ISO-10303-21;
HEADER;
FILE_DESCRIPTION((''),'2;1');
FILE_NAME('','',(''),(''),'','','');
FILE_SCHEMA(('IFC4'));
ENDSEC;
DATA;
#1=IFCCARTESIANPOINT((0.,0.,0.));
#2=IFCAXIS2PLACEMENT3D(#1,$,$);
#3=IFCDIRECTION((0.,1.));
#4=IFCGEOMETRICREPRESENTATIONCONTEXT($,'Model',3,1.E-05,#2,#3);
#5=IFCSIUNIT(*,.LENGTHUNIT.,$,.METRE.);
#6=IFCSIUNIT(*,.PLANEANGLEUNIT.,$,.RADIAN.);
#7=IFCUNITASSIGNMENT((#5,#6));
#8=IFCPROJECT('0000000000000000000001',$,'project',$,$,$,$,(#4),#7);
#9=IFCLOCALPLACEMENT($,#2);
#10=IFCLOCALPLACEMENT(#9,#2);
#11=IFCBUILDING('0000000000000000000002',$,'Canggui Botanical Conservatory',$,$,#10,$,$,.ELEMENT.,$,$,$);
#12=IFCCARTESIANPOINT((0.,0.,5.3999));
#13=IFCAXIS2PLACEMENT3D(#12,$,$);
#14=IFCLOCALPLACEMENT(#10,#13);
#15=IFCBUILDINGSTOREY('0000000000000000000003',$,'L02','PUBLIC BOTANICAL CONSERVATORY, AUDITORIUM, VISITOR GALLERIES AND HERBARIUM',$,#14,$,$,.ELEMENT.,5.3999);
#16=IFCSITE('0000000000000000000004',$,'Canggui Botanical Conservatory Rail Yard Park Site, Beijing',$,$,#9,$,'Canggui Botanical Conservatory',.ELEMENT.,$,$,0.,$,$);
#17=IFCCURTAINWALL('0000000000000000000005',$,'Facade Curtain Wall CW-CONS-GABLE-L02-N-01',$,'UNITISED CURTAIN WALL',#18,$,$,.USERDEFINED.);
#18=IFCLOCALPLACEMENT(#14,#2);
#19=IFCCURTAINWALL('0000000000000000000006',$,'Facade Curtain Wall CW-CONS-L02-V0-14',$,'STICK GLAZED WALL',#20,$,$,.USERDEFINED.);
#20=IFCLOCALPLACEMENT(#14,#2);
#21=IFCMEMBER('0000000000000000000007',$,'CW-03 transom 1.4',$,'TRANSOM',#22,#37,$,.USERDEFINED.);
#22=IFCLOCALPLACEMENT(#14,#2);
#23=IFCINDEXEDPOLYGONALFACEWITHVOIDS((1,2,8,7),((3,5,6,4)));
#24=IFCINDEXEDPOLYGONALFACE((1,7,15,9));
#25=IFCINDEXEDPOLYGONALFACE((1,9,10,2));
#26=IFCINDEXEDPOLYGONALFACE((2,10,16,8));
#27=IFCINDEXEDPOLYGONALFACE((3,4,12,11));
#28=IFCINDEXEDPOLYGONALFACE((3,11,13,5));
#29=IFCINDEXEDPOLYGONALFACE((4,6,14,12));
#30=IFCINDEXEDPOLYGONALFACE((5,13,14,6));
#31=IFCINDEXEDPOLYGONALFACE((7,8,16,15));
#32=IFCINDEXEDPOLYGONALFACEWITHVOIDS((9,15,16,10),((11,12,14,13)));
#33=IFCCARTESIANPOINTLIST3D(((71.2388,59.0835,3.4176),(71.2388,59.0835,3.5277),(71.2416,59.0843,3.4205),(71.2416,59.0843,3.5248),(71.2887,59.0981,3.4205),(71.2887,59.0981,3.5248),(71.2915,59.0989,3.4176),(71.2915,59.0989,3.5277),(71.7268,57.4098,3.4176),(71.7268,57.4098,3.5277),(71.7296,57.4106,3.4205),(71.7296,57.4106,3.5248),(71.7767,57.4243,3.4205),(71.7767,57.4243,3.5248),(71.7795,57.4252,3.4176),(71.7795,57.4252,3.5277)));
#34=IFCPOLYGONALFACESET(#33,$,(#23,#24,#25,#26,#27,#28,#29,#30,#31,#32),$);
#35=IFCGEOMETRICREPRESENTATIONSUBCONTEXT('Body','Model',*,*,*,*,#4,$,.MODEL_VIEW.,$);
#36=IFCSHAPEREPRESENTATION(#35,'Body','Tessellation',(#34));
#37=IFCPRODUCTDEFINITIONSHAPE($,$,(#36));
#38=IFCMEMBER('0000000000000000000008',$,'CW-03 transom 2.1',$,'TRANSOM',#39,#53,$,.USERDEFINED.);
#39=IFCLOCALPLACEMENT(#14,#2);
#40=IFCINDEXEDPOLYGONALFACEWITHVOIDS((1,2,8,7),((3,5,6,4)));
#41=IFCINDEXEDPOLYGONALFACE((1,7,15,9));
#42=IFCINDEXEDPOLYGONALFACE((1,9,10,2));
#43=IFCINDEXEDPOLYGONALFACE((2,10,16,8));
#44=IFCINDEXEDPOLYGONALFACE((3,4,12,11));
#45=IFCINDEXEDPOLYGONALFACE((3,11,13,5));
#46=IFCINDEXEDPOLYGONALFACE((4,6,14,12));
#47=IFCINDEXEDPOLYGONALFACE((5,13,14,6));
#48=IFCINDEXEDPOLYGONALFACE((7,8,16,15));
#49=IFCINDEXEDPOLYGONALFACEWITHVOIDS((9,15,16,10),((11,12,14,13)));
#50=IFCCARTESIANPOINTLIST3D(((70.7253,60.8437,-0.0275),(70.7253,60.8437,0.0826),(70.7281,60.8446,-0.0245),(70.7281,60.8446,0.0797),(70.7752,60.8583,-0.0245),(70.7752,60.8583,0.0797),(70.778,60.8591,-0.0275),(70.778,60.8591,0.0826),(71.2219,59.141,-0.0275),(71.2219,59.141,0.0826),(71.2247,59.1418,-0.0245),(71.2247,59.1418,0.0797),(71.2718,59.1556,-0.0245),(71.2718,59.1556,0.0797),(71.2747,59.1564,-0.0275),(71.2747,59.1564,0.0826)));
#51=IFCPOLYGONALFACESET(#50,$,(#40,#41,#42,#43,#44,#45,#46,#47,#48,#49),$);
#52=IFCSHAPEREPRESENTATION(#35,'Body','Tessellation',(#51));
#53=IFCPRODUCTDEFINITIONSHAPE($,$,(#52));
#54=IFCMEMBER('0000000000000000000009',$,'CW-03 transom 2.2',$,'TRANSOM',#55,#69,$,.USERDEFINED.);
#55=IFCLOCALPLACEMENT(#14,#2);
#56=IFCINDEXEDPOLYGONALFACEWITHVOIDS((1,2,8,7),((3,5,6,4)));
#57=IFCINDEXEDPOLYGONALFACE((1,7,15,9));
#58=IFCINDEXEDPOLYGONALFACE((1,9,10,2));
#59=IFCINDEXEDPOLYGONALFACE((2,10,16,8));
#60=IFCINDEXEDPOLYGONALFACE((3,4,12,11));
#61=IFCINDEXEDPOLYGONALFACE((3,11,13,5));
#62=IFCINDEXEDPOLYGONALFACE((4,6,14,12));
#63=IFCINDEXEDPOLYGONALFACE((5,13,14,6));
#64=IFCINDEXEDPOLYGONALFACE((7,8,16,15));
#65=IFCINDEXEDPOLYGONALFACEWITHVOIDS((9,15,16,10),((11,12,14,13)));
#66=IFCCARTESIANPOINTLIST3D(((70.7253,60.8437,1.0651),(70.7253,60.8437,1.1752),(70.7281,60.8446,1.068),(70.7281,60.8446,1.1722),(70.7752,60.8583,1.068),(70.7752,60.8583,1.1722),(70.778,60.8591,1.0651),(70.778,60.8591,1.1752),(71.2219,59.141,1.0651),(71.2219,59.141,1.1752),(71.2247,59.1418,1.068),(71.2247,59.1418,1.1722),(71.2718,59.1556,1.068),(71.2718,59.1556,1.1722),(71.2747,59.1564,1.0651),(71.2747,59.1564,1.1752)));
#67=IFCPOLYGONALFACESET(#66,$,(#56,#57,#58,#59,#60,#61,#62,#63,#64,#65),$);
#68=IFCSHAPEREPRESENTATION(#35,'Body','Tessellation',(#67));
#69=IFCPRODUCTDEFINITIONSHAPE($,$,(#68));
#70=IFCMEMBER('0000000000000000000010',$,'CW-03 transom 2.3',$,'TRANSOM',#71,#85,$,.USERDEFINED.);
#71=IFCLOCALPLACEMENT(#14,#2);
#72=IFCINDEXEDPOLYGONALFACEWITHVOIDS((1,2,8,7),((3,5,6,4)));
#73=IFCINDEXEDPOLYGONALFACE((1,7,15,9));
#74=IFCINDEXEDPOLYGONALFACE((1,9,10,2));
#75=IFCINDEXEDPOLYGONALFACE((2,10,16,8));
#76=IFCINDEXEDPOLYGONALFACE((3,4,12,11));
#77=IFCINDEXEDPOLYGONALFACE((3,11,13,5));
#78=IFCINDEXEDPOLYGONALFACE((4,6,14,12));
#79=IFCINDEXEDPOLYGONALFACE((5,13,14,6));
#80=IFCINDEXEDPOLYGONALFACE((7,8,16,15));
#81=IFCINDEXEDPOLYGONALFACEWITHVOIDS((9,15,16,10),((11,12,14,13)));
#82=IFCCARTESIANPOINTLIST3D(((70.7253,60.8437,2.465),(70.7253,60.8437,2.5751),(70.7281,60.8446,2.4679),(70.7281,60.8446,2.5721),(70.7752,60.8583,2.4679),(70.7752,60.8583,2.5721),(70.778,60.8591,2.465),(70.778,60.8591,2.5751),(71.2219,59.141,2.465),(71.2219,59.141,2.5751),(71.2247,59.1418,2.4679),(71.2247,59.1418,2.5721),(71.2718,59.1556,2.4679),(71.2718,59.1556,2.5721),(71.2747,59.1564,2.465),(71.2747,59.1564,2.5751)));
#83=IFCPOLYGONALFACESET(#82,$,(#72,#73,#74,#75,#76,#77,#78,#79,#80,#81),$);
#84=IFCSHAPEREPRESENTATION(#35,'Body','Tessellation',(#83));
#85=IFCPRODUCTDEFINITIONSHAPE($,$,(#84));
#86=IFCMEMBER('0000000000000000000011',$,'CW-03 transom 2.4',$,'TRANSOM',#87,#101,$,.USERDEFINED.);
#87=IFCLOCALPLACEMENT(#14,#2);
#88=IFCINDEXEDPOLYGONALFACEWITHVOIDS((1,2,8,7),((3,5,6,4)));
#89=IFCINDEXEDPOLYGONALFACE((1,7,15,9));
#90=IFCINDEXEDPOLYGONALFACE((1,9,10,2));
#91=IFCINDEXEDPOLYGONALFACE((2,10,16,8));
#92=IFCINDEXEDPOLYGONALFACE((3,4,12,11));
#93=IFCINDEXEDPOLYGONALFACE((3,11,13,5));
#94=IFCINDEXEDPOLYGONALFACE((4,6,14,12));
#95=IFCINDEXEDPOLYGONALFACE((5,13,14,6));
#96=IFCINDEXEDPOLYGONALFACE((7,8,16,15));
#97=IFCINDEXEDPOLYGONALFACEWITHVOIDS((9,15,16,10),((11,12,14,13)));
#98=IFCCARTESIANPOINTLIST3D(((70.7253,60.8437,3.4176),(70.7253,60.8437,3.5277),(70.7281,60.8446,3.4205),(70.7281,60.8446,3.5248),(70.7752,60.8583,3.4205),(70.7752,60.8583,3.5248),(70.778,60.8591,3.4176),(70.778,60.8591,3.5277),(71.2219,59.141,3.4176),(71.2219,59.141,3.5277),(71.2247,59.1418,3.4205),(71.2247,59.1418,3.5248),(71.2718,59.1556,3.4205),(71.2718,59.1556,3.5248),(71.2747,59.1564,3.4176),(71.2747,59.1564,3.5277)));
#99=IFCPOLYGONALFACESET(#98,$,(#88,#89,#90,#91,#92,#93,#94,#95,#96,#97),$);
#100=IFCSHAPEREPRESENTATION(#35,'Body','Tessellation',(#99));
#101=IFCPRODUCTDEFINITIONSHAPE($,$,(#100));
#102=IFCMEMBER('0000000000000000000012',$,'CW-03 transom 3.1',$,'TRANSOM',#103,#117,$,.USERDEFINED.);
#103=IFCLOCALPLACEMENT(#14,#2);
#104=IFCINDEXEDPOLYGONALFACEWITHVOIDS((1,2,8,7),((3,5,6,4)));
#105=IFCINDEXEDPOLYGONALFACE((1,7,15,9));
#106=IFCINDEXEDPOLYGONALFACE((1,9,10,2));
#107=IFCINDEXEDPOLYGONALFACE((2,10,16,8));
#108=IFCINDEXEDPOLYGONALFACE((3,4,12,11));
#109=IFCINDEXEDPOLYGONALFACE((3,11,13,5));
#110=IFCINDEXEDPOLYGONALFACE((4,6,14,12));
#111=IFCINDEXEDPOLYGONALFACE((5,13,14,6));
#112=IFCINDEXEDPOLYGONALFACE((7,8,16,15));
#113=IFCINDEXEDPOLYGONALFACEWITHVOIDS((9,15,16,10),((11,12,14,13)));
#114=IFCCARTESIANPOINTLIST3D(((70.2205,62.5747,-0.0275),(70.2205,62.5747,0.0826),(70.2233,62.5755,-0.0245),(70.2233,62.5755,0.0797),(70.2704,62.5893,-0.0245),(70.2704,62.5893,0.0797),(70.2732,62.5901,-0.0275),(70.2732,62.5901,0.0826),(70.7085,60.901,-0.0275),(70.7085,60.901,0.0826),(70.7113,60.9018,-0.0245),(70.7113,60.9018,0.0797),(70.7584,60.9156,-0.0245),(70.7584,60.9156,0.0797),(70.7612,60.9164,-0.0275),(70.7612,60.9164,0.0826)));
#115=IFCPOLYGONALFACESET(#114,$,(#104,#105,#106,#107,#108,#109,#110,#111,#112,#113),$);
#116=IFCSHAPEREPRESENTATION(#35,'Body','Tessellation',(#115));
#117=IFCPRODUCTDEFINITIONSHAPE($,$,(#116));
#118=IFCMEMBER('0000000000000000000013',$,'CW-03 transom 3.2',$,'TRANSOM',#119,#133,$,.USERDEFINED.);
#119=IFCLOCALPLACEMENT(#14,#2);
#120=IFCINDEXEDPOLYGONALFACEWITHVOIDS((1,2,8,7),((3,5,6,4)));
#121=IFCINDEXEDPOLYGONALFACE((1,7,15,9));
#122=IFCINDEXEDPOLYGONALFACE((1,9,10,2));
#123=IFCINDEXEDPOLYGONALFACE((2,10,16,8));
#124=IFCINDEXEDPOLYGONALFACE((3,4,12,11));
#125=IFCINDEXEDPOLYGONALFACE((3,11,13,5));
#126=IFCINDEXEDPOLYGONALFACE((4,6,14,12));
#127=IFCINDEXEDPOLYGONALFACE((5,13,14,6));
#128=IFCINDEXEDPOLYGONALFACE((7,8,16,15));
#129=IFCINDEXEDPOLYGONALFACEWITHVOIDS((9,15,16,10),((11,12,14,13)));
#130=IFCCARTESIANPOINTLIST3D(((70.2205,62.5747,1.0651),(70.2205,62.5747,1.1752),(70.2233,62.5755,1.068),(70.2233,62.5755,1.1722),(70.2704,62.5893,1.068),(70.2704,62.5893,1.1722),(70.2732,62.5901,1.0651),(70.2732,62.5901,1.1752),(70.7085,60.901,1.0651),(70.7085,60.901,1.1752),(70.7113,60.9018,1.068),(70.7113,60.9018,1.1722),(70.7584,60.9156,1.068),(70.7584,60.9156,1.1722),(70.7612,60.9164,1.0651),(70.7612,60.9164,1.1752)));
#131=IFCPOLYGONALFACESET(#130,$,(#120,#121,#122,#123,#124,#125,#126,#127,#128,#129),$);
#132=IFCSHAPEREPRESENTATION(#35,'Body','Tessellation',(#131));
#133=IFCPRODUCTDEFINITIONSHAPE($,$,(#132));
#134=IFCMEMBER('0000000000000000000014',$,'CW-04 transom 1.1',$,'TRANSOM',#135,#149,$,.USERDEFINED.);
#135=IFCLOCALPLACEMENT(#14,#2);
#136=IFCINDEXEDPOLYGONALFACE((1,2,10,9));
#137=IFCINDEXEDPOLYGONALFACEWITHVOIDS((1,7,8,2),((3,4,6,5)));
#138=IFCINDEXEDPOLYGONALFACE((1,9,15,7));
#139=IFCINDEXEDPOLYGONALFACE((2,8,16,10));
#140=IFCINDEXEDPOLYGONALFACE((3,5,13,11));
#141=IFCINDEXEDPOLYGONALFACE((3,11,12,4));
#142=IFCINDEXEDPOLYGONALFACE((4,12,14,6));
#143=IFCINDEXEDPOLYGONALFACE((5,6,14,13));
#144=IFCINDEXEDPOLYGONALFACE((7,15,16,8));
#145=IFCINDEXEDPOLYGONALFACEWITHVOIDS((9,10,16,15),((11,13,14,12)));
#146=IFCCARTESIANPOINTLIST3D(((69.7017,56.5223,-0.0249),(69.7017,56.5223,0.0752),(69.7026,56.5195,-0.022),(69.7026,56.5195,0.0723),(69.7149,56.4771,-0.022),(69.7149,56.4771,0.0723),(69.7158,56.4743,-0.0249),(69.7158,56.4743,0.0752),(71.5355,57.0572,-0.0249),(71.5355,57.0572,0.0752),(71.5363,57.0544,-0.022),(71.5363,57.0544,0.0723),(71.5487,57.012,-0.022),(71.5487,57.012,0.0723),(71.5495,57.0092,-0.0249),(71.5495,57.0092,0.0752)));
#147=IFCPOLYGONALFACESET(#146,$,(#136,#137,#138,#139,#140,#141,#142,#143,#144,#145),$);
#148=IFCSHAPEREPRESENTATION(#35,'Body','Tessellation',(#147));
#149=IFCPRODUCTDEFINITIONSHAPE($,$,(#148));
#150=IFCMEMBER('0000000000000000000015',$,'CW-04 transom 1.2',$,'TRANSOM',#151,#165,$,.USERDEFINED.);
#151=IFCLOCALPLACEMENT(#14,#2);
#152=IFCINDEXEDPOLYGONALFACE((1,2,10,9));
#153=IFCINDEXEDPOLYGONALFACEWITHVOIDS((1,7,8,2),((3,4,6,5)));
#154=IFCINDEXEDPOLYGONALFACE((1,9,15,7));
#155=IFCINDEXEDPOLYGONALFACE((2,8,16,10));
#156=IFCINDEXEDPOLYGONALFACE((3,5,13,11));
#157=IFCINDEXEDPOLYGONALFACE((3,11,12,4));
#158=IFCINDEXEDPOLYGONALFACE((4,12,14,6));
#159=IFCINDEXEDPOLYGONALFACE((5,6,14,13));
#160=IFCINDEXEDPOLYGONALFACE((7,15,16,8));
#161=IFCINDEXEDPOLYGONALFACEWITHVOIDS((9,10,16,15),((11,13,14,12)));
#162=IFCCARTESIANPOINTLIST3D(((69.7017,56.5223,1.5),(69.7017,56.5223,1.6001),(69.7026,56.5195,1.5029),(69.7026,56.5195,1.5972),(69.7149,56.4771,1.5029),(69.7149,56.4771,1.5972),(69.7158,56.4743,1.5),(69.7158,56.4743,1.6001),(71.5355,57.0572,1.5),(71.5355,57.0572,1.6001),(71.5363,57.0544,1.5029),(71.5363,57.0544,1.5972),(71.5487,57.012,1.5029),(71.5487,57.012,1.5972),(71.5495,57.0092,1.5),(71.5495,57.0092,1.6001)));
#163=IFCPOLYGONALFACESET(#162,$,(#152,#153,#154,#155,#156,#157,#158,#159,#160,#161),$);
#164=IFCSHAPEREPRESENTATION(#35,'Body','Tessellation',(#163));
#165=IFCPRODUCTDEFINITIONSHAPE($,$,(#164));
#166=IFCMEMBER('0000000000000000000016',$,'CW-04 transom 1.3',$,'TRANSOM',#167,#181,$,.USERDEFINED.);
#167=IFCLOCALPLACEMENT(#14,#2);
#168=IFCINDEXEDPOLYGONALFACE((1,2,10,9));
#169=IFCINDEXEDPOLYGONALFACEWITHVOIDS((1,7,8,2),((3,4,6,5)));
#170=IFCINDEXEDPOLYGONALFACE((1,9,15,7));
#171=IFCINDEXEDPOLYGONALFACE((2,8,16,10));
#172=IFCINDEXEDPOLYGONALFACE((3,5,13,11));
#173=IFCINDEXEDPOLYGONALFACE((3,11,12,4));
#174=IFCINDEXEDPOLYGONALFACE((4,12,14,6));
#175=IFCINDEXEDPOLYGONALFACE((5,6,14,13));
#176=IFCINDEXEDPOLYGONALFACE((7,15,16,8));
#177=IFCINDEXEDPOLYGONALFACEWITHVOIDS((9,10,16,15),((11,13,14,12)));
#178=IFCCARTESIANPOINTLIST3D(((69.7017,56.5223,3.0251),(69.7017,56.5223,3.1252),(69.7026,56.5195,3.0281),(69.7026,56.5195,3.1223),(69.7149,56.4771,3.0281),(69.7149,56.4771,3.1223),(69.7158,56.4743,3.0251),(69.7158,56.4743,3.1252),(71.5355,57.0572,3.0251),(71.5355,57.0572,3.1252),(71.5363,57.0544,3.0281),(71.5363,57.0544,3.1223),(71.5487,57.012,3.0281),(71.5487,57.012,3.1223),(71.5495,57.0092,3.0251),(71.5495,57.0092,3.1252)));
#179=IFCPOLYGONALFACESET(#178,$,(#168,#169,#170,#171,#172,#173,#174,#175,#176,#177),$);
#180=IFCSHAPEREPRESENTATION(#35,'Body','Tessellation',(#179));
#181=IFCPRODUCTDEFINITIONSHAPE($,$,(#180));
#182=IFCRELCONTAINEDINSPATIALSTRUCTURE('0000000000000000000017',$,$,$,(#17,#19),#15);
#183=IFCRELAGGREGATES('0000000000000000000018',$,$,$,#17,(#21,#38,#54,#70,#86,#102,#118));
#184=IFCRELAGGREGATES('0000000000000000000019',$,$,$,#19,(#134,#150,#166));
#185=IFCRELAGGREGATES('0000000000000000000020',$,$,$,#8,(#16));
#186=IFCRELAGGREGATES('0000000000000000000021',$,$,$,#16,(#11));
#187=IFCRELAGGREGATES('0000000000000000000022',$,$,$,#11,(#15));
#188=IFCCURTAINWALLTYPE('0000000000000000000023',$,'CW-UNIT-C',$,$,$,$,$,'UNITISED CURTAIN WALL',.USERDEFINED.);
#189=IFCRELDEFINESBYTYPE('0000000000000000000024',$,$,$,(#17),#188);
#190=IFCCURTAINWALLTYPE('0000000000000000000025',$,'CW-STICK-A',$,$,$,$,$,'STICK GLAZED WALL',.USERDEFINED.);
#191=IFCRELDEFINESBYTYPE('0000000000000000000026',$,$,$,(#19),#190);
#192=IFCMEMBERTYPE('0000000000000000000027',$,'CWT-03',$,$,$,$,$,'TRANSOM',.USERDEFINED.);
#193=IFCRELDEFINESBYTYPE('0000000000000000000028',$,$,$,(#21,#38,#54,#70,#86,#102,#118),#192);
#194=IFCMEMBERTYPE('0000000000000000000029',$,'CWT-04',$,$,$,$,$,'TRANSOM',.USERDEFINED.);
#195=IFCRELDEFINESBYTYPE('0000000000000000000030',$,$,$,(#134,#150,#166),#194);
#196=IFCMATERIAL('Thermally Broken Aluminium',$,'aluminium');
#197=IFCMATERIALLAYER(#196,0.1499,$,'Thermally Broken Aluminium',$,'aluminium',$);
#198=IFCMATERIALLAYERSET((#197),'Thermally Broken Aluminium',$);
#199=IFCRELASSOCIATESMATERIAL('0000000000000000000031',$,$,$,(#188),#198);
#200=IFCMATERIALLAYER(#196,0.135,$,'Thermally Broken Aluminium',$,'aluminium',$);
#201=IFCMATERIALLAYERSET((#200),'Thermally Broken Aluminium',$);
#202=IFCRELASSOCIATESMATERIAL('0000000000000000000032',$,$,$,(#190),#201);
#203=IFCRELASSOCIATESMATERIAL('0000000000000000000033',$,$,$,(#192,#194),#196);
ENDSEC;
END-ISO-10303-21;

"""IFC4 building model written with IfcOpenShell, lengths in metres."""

from ifc_helpers import new_model, si_unit, direction, frame, origin, origin_2d, place, context, subcontext, project, spatial, hollow_rectangle, extrude, material, layer, layer_set, material_profile, profile_set, type_object, element, aggregate, save


model = new_model("IFC4")

# Units and contexts
model_context = context("Model", 3, precision=1e-05, world=origin(), true_north=direction((0.0, 1.0)))
body_context = subcontext(model_context, "Body", "Model", "MODEL_VIEW")
ifc_project = project(units=[si_unit("LENGTHUNIT", "METRE"), si_unit("PLANEANGLEUNIT", "RADIAN")], contexts=[model_context])

# Site, building, storey
site_placement = place(None, origin())
site = spatial("IfcSite", under=ifc_project, at=site_placement, Name="Canggui Botanical Conservatory Rail Yard Park Site, Beijing", LongName="Canggui Botanical Conservatory", CompositionType="ELEMENT", RefElevation=0.0)
building_placement = place(site_placement, origin())
building = spatial("IfcBuilding", under=site, at=building_placement, Name="Canggui Botanical Conservatory", CompositionType="ELEMENT")
storey_placement = place(building_placement, frame((0.0, 0.0, 5.3999)))
storey = spatial("IfcBuildingStorey", under=building, at=storey_placement, Name="L02", Description="PUBLIC BOTANICAL CONSERVATORY, AUDITORIUM, VISITOR GALLERIES AND HERBARIUM", CompositionType="ELEMENT", Elevation=5.3999)

# Curtain walls
ifc_material_1 = material(Name="Thermally Broken Aluminium", Category="aluminium")
ifc_layer_1 = layer(ifc_material_1, 0.1499, Name="Thermally Broken Aluminium", Category="aluminium")
ifc_layer_set_1 = layer_set([ifc_layer_1], Name="Thermally Broken Aluminium")
curtain_wall_type_1 = type_object("IfcCurtainWallType", Name="CW-UNIT-C", ElementType="UNITISED CURTAIN WALL", PredefinedType="USERDEFINED", material=ifc_layer_set_1)
curtain_wall_1_placement = place(storey_placement, origin())
curtain_wall_1 = element("IfcCurtainWall", 1, at=curtain_wall_1_placement, inside=storey, type_object=curtain_wall_type_1, Name="Facade Curtain Wall CW-CONS-GABLE-L02-N-01", ObjectType="UNITISED CURTAIN WALL", PredefinedType="USERDEFINED")
ifc_layer_2 = layer(ifc_material_1, 0.135, Name="Thermally Broken Aluminium", Category="aluminium")
ifc_layer_set_2 = layer_set([ifc_layer_2], Name="Thermally Broken Aluminium")
curtain_wall_type_2 = type_object("IfcCurtainWallType", Name="CW-STICK-A", ElementType="STICK GLAZED WALL", PredefinedType="USERDEFINED", material=ifc_layer_set_2)
curtain_wall_2_placement = place(storey_placement, origin())
curtain_wall_2 = element("IfcCurtainWall", 2, at=curtain_wall_2_placement, inside=storey, type_object=curtain_wall_type_2, Name="Facade Curtain Wall CW-CONS-L02-V0-14", ObjectType="STICK GLAZED WALL", PredefinedType="USERDEFINED")

# Members
ifc_material_profile_1 = material_profile(ifc_material_1, hollow_rectangle(XDim=0.0549, YDim=0.1101, WallThickness=0.0029, at=origin_2d()), Name="CWT 55x110x3")
ifc_profile_set_1 = profile_set([ifc_material_profile_1], Name="Thermally Broken Aluminium")
member_type_1 = type_object("IfcMemberType", Name="CWT-03", ElementType="TRANSOM", PredefinedType="USERDEFINED", material=ifc_profile_set_1)
member_1_placement = place(storey_placement, frame((71.7532, 57.4175, 3.4727), z_axis=(-0.279914, 0.960025, 0.0), x_axis=(-0.960025, -0.279914, 0.0)))
member_1 = element("IfcMember", 3, at=member_1_placement, type_object=member_type_1, Name="CW-03 transom 1.4", ObjectType="TRANSOM", PredefinedType="USERDEFINED", context=body_context, shape_type="SweptSolid", body=[
    extrude(hollow_rectangle(XDim=0.0549, YDim=0.1101, WallThickness=0.0029, at=origin_2d()), origin(), (0.0, 0.0, 1.0), 1.7434),
])
member_2_placement = place(storey_placement, frame((71.2483, 59.1487, 0.0276), z_axis=(-0.279989, 0.960003, 0.0), x_axis=(-0.960003, -0.279989, 0.0)))
member_2 = element("IfcMember", 4, at=member_2_placement, type_object=member_type_1, Name="CW-03 transom 2.1", ObjectType="TRANSOM", PredefinedType="USERDEFINED", context=body_context, shape_type="SweptSolid", body=[
    extrude(hollow_rectangle(XDim=0.0549, YDim=0.1101, WallThickness=0.0029, at=origin_2d()), origin(), (0.0, 0.0, 1.0), 1.7737),
])
member_3_placement = place(storey_placement, frame((71.2483, 59.1487, 1.1201), z_axis=(-0.279989, 0.960003, 0.0), x_axis=(-0.960003, -0.279989, 0.0)))
member_3 = element("IfcMember", 5, at=member_3_placement, type_object=member_type_1, Name="CW-03 transom 2.2", ObjectType="TRANSOM", PredefinedType="USERDEFINED", context=body_context, shape_type="SweptSolid", body=[
    extrude(hollow_rectangle(XDim=0.0549, YDim=0.1101, WallThickness=0.0029, at=origin_2d()), origin(), (0.0, 0.0, 1.0), 1.7737),
])
member_4_placement = place(storey_placement, frame((71.2483, 59.1487, 2.52), z_axis=(-0.279989, 0.960003, 0.0), x_axis=(-0.960003, -0.279989, 0.0)))
member_4 = element("IfcMember", 6, at=member_4_placement, type_object=member_type_1, Name="CW-03 transom 2.3", ObjectType="TRANSOM", PredefinedType="USERDEFINED", context=body_context, shape_type="SweptSolid", body=[
    extrude(hollow_rectangle(XDim=0.0549, YDim=0.1101, WallThickness=0.0029, at=origin_2d()), origin(), (0.0, 0.0, 1.0), 1.7737),
])
member_5_placement = place(storey_placement, frame((71.2483, 59.1487, 3.4727), z_axis=(-0.279989, 0.960003, 0.0), x_axis=(-0.960003, -0.279989, 0.0)))
member_5 = element("IfcMember", 7, at=member_5_placement, type_object=member_type_1, Name="CW-03 transom 2.4", ObjectType="TRANSOM", PredefinedType="USERDEFINED", context=body_context, shape_type="SweptSolid", body=[
    extrude(hollow_rectangle(XDim=0.0549, YDim=0.1101, WallThickness=0.0029, at=origin_2d()), origin(), (0.0, 0.0, 1.0), 1.7737),
])
member_6_placement = place(storey_placement, frame((70.7349, 60.9087, 0.0276), z_axis=(-0.279914, 0.960025, 0.0), x_axis=(-0.960025, -0.279914, 0.0)))
member_6 = element("IfcMember", 8, at=member_6_placement, type_object=member_type_1, Name="CW-03 transom 3.1", ObjectType="TRANSOM", PredefinedType="USERDEFINED", context=body_context, shape_type="SweptSolid", body=[
    extrude(hollow_rectangle(XDim=0.0549, YDim=0.1101, WallThickness=0.0029, at=origin_2d()), origin(), (0.0, 0.0, 1.0), 1.7434),
])
member_7_placement = place(storey_placement, frame((70.7349, 60.9087, 1.1201), z_axis=(-0.279914, 0.960025, 0.0), x_axis=(-0.960025, -0.279914, 0.0)))
member_7 = element("IfcMember", 9, at=member_7_placement, type_object=member_type_1, Name="CW-03 transom 3.2", ObjectType="TRANSOM", PredefinedType="USERDEFINED", context=body_context, shape_type="SweptSolid", body=[
    extrude(hollow_rectangle(XDim=0.0549, YDim=0.1101, WallThickness=0.0029, at=origin_2d()), origin(), (0.0, 0.0, 1.0), 1.7434),
])
ifc_material_profile_2 = material_profile(ifc_material_1, hollow_rectangle(XDim=0.05, YDim=0.1001, WallThickness=0.0029, at=origin_2d()), Name="CWT 50x100x3")
ifc_profile_set_2 = profile_set([ifc_material_profile_2], Name="Thermally Broken Aluminium")
member_type_2 = type_object("IfcMemberType", Name="CWT-04", ElementType="TRANSOM", PredefinedType="USERDEFINED", material=ifc_profile_set_2)
member_8_placement = place(storey_placement, frame((71.5425, 57.0332, 0.0251), z_axis=(-0.95999, -0.280034, 0.0), x_axis=(0.280034, -0.95999, 0.0)))
member_8 = element("IfcMember", 10, at=member_8_placement, type_object=member_type_2, Name="CW-04 transom 1.1", ObjectType="TRANSOM", PredefinedType="USERDEFINED", context=body_context, shape_type="SweptSolid", body=[
    extrude(hollow_rectangle(XDim=0.05, YDim=0.1001, WallThickness=0.0029, at=origin_2d()), origin(), (0.0, 0.0, 1.0), 1.9102),
])
member_9_placement = place(storey_placement, frame((71.5425, 57.0332, 1.55), z_axis=(-0.95999, -0.280034, 0.0), x_axis=(0.280034, -0.95999, 0.0)))
member_9 = element("IfcMember", 11, at=member_9_placement, type_object=member_type_2, Name="CW-04 transom 1.2", ObjectType="TRANSOM", PredefinedType="USERDEFINED", context=body_context, shape_type="SweptSolid", body=[
    extrude(hollow_rectangle(XDim=0.05, YDim=0.1001, WallThickness=0.0029, at=origin_2d()), origin(), (0.0, 0.0, 1.0), 1.9102),
])
member_10_placement = place(storey_placement, frame((71.5425, 57.0332, 3.0752), z_axis=(-0.95999, -0.280034, 0.0), x_axis=(0.280034, -0.95999, 0.0)))
member_10 = element("IfcMember", 12, at=member_10_placement, type_object=member_type_2, Name="CW-04 transom 1.3", ObjectType="TRANSOM", PredefinedType="USERDEFINED", context=body_context, shape_type="SweptSolid", body=[
    extrude(hollow_rectangle(XDim=0.05, YDim=0.1001, WallThickness=0.0029, at=origin_2d()), origin(), (0.0, 0.0, 1.0), 1.9102),
])

aggregate(curtain_wall_1, [member_1, member_2, member_3, member_4, member_5, member_6, member_7])
aggregate(curtain_wall_2, [member_8, member_9, member_10])

save(model, "model.ifc")
